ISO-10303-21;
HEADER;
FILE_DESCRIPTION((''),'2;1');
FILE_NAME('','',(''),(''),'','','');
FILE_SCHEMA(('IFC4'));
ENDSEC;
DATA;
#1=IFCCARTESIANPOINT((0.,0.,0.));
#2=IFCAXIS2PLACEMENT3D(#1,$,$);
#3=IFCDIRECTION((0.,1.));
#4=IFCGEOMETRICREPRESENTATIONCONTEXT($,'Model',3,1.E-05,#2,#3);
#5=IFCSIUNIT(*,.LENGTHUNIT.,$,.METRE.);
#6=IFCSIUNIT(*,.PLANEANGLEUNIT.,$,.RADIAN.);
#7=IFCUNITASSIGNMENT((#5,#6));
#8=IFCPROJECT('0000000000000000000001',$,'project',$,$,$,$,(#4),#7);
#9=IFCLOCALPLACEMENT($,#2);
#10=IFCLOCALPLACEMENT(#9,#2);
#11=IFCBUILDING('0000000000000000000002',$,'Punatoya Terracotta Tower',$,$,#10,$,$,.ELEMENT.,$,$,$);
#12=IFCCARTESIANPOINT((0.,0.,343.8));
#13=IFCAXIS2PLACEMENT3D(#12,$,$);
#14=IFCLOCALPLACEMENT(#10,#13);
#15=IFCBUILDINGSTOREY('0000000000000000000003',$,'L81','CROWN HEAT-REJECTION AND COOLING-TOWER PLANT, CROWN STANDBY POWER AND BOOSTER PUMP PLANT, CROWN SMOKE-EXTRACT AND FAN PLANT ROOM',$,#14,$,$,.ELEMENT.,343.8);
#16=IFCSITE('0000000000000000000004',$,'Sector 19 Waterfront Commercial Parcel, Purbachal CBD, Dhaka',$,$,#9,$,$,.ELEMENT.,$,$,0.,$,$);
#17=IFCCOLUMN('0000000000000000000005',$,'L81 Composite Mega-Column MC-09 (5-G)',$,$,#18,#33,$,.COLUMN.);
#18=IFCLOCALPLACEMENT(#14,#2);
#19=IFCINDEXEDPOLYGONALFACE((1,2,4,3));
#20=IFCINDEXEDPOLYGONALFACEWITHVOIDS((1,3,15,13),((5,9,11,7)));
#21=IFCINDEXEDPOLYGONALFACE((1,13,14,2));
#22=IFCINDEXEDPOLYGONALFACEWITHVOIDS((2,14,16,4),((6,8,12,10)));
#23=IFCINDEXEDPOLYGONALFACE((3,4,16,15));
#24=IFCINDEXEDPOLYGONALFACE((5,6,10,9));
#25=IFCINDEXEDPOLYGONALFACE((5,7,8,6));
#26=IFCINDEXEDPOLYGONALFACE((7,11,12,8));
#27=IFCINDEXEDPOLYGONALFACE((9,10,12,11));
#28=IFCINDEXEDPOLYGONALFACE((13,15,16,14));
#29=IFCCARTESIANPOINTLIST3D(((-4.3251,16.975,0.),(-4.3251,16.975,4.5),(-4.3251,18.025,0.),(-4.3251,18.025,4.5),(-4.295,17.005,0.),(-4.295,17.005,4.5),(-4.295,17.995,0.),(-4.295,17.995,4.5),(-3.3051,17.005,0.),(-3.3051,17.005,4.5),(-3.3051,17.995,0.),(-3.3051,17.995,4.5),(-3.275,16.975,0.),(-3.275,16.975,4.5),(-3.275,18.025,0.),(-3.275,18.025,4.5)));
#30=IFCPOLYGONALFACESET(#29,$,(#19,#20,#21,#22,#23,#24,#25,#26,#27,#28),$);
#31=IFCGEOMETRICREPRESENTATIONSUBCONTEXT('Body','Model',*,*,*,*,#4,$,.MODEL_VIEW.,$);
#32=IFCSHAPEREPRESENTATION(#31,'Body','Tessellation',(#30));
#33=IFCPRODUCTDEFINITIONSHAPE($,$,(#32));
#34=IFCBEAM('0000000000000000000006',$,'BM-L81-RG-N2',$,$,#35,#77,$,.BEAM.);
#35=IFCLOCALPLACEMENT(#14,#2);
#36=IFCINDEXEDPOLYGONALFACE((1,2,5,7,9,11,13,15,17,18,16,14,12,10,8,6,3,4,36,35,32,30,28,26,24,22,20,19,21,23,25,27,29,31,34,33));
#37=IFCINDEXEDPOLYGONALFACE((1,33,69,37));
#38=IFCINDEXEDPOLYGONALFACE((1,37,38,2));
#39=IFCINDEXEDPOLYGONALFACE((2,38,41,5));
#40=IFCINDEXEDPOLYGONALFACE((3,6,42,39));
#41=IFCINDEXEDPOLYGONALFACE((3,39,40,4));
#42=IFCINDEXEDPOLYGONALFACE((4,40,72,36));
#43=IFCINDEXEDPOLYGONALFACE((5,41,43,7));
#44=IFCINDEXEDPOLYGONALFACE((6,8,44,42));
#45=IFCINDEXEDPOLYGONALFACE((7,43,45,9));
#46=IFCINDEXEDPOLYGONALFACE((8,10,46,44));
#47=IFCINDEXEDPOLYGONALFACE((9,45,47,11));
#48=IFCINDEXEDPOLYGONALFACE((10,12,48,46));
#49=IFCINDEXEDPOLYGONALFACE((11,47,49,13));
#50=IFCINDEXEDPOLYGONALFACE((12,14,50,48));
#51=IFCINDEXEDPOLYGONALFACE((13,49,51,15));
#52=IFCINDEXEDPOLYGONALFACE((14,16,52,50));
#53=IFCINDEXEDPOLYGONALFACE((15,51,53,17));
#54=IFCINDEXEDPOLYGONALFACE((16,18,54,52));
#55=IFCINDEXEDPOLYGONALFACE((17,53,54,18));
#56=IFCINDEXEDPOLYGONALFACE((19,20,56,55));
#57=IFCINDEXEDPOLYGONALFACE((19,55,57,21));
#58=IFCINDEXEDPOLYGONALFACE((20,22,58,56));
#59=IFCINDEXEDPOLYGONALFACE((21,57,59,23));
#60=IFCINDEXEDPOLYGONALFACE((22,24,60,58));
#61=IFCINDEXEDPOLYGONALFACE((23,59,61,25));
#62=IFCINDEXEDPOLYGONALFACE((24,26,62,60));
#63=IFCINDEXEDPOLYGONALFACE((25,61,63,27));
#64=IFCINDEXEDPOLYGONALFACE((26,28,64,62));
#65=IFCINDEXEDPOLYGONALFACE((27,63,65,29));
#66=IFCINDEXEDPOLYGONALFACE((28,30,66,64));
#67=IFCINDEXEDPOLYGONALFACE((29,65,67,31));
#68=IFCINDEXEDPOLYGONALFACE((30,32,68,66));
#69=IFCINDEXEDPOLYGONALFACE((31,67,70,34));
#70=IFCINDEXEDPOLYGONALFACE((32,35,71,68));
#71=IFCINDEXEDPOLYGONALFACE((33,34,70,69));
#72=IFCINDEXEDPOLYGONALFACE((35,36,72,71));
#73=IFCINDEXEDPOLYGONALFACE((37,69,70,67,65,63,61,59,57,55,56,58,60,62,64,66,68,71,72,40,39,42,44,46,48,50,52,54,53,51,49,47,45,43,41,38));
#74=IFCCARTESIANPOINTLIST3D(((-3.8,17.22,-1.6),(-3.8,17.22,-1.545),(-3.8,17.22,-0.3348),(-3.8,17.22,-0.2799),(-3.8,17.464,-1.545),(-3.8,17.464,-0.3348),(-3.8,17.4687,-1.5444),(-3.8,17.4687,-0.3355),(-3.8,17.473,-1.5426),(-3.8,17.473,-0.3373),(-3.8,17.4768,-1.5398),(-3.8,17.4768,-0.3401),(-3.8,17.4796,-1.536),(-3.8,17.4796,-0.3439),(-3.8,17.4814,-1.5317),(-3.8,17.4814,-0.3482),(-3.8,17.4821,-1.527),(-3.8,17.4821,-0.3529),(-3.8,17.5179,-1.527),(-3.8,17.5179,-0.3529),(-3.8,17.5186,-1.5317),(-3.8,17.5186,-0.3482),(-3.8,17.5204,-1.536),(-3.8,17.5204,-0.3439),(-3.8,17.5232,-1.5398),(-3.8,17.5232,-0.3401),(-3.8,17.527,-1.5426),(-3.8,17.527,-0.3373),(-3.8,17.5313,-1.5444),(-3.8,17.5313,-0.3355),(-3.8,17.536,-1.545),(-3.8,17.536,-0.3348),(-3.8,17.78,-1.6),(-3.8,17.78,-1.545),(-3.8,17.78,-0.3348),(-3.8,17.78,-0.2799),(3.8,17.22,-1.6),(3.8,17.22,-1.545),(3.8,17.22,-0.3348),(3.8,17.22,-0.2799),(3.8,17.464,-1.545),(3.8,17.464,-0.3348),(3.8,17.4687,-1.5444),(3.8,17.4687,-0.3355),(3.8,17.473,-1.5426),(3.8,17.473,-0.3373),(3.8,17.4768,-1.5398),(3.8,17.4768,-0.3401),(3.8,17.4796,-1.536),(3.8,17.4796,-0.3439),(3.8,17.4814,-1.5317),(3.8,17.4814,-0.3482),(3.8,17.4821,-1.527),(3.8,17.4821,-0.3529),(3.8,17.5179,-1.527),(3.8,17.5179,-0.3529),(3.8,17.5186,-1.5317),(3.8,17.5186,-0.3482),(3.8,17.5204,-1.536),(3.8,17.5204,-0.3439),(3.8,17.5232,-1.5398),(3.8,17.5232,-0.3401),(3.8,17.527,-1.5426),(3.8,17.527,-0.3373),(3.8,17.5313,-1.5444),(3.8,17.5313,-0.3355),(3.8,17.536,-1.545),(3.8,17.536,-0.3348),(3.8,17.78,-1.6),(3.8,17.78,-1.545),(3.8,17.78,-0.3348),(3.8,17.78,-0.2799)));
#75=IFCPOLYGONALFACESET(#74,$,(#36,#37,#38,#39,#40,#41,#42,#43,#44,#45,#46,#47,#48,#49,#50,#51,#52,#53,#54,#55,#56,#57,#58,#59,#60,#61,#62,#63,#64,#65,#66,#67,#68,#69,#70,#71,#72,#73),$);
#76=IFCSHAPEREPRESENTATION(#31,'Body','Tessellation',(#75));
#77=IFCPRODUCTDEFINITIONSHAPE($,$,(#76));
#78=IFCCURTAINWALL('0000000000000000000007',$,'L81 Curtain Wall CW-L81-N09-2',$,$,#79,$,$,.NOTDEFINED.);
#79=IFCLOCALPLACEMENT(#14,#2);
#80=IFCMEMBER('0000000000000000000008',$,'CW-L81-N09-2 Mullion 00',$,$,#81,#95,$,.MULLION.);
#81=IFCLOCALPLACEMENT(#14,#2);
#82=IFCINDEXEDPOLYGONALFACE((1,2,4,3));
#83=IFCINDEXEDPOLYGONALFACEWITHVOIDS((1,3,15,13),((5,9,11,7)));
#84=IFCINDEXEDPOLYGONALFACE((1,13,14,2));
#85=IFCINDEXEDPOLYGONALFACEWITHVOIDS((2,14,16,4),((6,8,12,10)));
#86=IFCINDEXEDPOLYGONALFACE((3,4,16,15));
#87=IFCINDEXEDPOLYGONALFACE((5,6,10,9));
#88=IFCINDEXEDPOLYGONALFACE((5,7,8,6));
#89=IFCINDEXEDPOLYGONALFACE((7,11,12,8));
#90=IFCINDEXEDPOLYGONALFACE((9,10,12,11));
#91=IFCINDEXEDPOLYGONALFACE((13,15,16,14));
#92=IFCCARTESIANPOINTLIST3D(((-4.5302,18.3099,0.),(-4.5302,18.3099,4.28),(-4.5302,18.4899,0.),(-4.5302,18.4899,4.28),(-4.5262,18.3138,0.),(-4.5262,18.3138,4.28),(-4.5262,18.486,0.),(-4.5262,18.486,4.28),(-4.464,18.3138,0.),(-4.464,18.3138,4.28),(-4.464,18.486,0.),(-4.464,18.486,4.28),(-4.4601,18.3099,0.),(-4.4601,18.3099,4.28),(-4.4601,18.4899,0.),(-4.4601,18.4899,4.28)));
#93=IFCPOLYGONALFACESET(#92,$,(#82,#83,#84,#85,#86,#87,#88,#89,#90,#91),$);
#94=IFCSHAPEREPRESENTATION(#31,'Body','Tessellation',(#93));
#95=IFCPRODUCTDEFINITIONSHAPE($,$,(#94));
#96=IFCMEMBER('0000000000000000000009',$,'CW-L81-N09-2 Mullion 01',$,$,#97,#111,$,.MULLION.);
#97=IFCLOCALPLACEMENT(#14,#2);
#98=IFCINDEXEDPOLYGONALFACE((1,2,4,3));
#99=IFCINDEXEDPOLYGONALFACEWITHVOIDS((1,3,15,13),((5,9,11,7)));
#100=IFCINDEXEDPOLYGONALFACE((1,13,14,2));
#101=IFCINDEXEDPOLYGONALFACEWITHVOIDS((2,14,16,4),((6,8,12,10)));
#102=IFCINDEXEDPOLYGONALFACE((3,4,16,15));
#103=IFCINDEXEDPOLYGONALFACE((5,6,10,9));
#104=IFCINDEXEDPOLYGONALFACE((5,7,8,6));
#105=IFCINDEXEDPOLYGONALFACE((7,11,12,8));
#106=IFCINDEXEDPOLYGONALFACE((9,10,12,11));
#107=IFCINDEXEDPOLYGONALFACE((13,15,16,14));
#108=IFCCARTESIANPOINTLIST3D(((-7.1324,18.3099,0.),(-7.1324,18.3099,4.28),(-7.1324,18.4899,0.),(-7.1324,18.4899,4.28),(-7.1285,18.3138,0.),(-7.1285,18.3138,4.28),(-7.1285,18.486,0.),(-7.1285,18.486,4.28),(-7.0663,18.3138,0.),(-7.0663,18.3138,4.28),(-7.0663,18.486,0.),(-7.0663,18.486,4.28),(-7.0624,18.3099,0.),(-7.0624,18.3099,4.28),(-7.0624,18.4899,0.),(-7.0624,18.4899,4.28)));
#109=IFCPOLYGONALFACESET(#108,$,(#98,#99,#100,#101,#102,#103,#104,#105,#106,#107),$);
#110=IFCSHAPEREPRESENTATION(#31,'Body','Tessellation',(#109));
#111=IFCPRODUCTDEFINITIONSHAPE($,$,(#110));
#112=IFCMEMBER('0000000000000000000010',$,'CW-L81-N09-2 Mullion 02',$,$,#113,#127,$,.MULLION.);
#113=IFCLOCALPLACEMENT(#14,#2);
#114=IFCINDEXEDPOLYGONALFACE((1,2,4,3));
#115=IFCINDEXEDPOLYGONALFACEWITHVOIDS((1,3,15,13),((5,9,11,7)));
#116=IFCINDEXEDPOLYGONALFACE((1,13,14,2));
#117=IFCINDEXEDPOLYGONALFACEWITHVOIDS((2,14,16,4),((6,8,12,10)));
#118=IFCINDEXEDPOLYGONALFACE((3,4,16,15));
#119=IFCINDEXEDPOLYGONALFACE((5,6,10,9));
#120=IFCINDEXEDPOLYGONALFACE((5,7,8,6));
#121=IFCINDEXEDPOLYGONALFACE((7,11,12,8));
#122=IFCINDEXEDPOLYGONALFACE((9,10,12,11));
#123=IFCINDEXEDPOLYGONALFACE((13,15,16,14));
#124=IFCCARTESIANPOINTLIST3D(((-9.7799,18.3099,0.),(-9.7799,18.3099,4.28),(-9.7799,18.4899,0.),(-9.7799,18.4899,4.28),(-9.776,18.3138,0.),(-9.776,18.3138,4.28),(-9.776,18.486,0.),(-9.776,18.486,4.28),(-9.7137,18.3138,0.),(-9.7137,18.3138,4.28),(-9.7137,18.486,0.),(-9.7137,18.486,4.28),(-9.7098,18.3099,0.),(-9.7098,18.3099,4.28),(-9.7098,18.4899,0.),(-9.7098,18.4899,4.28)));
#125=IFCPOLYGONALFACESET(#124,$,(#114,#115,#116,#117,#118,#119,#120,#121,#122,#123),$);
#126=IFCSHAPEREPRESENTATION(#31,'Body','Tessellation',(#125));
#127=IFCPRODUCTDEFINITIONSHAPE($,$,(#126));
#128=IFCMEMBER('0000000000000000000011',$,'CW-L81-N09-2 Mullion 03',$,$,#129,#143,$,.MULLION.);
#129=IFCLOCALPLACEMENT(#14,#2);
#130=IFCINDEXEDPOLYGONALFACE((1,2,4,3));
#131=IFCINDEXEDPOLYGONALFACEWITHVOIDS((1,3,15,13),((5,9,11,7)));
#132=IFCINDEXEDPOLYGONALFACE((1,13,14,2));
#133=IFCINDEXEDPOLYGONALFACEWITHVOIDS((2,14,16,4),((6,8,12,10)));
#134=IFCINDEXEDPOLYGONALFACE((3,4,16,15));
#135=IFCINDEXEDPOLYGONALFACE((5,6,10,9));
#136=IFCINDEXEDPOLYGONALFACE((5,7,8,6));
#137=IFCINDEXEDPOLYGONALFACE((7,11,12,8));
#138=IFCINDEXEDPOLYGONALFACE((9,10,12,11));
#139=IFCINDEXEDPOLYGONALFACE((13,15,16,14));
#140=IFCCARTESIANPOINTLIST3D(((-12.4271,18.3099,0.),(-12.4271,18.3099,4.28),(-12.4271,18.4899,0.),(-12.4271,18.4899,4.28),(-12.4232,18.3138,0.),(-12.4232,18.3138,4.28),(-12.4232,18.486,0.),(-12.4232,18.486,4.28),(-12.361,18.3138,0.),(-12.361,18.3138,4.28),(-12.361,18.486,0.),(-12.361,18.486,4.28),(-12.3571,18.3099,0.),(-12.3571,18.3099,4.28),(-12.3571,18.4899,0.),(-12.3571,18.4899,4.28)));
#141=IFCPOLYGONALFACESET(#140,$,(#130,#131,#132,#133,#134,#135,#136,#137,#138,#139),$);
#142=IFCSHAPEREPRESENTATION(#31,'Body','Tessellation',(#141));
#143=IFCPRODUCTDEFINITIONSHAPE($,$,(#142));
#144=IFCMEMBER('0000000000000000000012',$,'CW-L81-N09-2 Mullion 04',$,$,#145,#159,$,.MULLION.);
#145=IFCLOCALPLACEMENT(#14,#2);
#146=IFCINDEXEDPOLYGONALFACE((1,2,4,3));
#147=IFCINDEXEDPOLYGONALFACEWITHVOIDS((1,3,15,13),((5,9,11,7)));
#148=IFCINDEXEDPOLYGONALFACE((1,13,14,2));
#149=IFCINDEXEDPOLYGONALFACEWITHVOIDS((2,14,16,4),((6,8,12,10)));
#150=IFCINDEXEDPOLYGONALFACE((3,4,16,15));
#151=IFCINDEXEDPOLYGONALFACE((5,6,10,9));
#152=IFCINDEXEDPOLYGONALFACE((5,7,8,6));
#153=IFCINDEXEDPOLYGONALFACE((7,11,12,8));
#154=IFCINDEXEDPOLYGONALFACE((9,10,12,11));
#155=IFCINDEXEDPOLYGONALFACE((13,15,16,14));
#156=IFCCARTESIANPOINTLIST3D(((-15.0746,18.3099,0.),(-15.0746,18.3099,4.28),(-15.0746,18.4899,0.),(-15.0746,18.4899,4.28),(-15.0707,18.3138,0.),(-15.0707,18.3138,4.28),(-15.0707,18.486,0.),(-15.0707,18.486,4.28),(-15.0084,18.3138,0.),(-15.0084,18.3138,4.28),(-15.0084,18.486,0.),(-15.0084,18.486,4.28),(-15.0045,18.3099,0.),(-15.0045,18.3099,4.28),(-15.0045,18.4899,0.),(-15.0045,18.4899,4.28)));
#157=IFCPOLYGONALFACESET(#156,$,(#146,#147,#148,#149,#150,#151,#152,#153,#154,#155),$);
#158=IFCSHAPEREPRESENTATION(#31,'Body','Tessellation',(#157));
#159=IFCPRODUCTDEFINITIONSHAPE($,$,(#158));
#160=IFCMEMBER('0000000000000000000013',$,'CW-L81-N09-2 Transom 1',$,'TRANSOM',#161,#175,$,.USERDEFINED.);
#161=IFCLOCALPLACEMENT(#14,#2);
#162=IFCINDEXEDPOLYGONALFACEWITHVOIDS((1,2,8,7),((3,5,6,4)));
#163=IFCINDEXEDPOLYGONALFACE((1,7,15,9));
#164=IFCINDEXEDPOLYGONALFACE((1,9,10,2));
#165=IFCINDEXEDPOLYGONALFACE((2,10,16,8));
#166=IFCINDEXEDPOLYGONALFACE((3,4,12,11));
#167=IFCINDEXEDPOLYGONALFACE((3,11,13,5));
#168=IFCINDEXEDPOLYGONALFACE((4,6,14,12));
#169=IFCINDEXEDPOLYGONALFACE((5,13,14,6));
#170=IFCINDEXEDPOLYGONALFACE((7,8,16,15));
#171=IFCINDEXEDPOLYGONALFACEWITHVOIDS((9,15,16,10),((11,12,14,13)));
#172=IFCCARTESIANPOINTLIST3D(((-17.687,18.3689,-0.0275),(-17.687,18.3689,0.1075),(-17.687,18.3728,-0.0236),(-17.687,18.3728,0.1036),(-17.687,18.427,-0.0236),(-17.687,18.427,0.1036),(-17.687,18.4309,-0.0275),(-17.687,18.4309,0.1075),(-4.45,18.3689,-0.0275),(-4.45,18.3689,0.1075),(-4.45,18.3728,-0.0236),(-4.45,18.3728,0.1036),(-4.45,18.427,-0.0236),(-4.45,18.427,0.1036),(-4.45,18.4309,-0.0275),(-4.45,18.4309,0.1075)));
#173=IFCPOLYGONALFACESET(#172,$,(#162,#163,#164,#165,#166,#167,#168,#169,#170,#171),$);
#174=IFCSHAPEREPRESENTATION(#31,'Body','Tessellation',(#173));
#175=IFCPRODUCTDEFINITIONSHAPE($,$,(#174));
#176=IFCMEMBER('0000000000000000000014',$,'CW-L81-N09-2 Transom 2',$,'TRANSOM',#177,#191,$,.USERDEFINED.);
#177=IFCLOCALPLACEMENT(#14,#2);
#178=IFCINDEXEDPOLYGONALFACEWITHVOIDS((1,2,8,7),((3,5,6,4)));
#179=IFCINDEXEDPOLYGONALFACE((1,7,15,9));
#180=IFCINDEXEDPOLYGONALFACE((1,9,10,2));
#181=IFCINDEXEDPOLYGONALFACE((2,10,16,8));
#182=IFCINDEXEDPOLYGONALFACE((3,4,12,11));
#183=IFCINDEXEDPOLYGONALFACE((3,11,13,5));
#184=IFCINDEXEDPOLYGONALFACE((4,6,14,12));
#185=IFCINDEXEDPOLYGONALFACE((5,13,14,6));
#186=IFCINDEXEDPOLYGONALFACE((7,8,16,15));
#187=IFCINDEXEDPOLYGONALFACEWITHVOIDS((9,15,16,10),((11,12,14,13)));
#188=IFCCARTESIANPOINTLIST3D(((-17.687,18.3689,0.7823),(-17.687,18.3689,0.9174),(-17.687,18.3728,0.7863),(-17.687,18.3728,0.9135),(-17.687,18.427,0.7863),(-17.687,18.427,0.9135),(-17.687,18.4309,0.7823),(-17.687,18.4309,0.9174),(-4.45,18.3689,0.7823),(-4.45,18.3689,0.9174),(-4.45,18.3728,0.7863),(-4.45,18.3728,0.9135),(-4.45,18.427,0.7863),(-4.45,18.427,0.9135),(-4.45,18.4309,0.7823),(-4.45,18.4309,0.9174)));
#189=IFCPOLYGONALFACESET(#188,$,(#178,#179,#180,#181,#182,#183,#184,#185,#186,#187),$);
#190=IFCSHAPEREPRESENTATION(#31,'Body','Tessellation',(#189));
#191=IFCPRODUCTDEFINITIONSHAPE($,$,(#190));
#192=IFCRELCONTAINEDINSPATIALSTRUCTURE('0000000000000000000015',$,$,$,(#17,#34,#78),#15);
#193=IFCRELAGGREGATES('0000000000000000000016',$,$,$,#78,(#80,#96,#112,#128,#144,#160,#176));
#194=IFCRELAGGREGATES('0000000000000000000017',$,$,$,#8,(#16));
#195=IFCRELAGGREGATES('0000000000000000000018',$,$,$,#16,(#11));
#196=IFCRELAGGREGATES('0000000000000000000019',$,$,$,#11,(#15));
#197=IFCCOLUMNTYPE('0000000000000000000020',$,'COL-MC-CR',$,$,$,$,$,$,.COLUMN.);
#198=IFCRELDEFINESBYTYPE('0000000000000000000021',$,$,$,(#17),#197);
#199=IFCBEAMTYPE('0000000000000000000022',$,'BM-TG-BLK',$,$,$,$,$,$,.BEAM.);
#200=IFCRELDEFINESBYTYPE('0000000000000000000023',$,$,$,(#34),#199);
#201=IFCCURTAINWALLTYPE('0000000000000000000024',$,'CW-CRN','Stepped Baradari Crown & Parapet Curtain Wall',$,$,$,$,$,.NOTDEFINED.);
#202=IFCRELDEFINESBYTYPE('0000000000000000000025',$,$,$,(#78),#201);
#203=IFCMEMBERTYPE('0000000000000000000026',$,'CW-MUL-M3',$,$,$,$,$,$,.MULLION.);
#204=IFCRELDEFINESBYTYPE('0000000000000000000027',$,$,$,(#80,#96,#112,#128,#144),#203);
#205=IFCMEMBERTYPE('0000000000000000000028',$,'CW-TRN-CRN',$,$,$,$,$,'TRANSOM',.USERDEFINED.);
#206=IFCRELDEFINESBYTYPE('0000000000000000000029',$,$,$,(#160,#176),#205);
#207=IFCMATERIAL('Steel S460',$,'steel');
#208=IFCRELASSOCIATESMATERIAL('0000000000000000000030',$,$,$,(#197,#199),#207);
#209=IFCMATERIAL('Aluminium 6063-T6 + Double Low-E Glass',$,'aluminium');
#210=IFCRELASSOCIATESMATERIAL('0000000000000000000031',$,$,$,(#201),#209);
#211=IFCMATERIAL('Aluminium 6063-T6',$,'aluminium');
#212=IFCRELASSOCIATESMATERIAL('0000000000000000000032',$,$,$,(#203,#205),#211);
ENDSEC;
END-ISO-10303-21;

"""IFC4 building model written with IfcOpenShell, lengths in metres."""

from ifc_helpers import new_model, si_unit, direction, frame, origin, origin_2d, place, context, subcontext, project, spatial, hollow_rectangle, i_section, extrude, material, material_profile, profile_set, type_object, element, aggregate, save


model = new_model("IFC4")

# Units and contexts
model_context = context("Model", 3, precision=1e-05, world=origin(), true_north=direction((0.0, 1.0)))
body_context = subcontext(model_context, "Body", "Model", "MODEL_VIEW")
ifc_project = project(units=[si_unit("LENGTHUNIT", "METRE"), si_unit("PLANEANGLEUNIT", "RADIAN")], contexts=[model_context])

# Site, building, storey
site_placement = place(None, origin())
site = spatial("IfcSite", under=ifc_project, at=site_placement, Name="Sector 19 Waterfront Commercial Parcel, Purbachal CBD, Dhaka", CompositionType="ELEMENT", RefElevation=0.0)
building_placement = place(site_placement, origin())
building = spatial("IfcBuilding", under=site, at=building_placement, Name="Punatoya Terracotta Tower", CompositionType="ELEMENT")
storey_placement = place(building_placement, frame((0.0, 0.0, 343.8)))
storey = spatial("IfcBuildingStorey", under=building, at=storey_placement, Name="L81", Description="CROWN HEAT-REJECTION AND COOLING-TOWER PLANT, CROWN STANDBY POWER AND BOOSTER PUMP PLANT, CROWN SMOKE-EXTRACT AND FAN PLANT ROOM", CompositionType="ELEMENT", Elevation=343.8)

# Column
ifc_material_1 = material(Name="Steel S460", Category="steel")
ifc_material_profile_1 = material_profile(ifc_material_1, hollow_rectangle(XDim=1.05, YDim=1.05, WallThickness=0.03, at=origin_2d()))
ifc_profile_set_1 = profile_set([ifc_material_profile_1], Name="Steel S460")
column_type = type_object("IfcColumnType", Name="COL-MC-CR", PredefinedType="COLUMN", material=ifc_profile_set_1)
column_placement = place(storey_placement, frame((-3.8, 17.5, 0.0), z_axis=(0.0, 0.0, 1.0), x_axis=(1.0, 0.0, 0.0)))
element("IfcColumn", 1, at=column_placement, inside=storey, type_object=column_type, Name="L81 Composite Mega-Column MC-09 (5-G)", PredefinedType="COLUMN", context=body_context, shape_type="SweptSolid", body=[
    extrude(hollow_rectangle(XDim=1.05, YDim=1.05, WallThickness=0.03, at=origin_2d()), origin(), (0.0, 0.0, 1.0), 4.5),
])

# Beam
ifc_material_profile_2 = material_profile(ifc_material_1, i_section(OverallWidth=0.5601, OverallDepth=1.3201, WebThickness=0.0359, FlangeThickness=0.0549, FilletRadius=0.0181, at=origin_2d()))
ifc_profile_set_2 = profile_set([ifc_material_profile_2], Name="Steel S460")
beam_type = type_object("IfcBeamType", Name="BM-TG-BLK", PredefinedType="BEAM", material=ifc_profile_set_2)
beam_placement = place(storey_placement, frame((-3.8, 17.5, -0.9399), z_axis=(1.0, 0.0, 0.0), x_axis=(0.0, 1.0, 0.0)))
element("IfcBeam", 2, at=beam_placement, inside=storey, type_object=beam_type, Name="BM-L81-RG-N2", PredefinedType="BEAM", context=body_context, shape_type="SweptSolid", body=[
    extrude(i_section(OverallWidth=0.5601, OverallDepth=1.3201, WebThickness=0.0359, FlangeThickness=0.0549, FilletRadius=0.0181, at=origin_2d()), origin(), (0.0, 0.0, 1.0), 7.6001),
])

# Curtain wall, members
ifc_material_2 = material(Name="Aluminium 6063-T6 + Double Low-E Glass", Category="aluminium")
curtain_wall_type = type_object("IfcCurtainWallType", Name="CW-CRN", Description="Stepped Baradari Crown & Parapet Curtain Wall", PredefinedType="NOTDEFINED", material=ifc_material_2)
curtain_wall_placement = place(storey_placement, origin())
curtain_wall = element("IfcCurtainWall", 3, at=curtain_wall_placement, inside=storey, type_object=curtain_wall_type, Name="L81 Curtain Wall CW-L81-N09-2", PredefinedType="NOTDEFINED")
ifc_material_3 = material(Name="Aluminium 6063-T6", Category="aluminium")
ifc_material_profile_3 = material_profile(ifc_material_3, hollow_rectangle(XDim=0.0701, YDim=0.1799, WallThickness=0.0039, at=origin_2d()))
ifc_profile_set_3 = profile_set([ifc_material_profile_3], Name="Aluminium 6063-T6")
member_type_1 = type_object("IfcMemberType", Name="CW-MUL-M3", PredefinedType="MULLION", material=ifc_profile_set_3)
member_1_placement = place(storey_placement, frame((-4.4951, 18.3999, 0.0), z_axis=(0.0, 0.0, 1.0), x_axis=(1.0, 0.0, 0.0)))
member_1 = element("IfcMember", 4, at=member_1_placement, type_object=member_type_1, Name="CW-L81-N09-2 Mullion 00", PredefinedType="MULLION", context=body_context, shape_type="SweptSolid", body=[
    extrude(hollow_rectangle(XDim=0.0701, YDim=0.1799, WallThickness=0.0039, at=origin_2d()), origin(), (0.0, 0.0, 1.0), 4.28),
])
member_2_placement = place(storey_placement, frame((-7.0974, 18.3999, 0.0), z_axis=(0.0, 0.0, 1.0), x_axis=(1.0, 0.0, 0.0)))
member_2 = element("IfcMember", 5, at=member_2_placement, type_object=member_type_1, Name="CW-L81-N09-2 Mullion 01", PredefinedType="MULLION", context=body_context, shape_type="SweptSolid", body=[
    extrude(hollow_rectangle(XDim=0.0701, YDim=0.1799, WallThickness=0.0039, at=origin_2d()), origin(), (0.0, 0.0, 1.0), 4.28),
])
member_3_placement = place(storey_placement, frame((-9.7449, 18.3999, 0.0), z_axis=(0.0, 0.0, 1.0), x_axis=(1.0, 0.0, 0.0)))
member_3 = element("IfcMember", 6, at=member_3_placement, type_object=member_type_1, Name="CW-L81-N09-2 Mullion 02", PredefinedType="MULLION", context=body_context, shape_type="SweptSolid", body=[
    extrude(hollow_rectangle(XDim=0.0701, YDim=0.1799, WallThickness=0.0039, at=origin_2d()), origin(), (0.0, 0.0, 1.0), 4.28),
])
member_4_placement = place(storey_placement, frame((-12.3921, 18.3999, 0.0), z_axis=(0.0, 0.0, 1.0), x_axis=(1.0, 0.0, 0.0)))
member_4 = element("IfcMember", 7, at=member_4_placement, type_object=member_type_1, Name="CW-L81-N09-2 Mullion 03", PredefinedType="MULLION", context=body_context, shape_type="SweptSolid", body=[
    extrude(hollow_rectangle(XDim=0.0701, YDim=0.1799, WallThickness=0.0039, at=origin_2d()), origin(), (0.0, 0.0, 1.0), 4.28),
])
member_5_placement = place(storey_placement, frame((-15.0396, 18.3999, 0.0), z_axis=(0.0, 0.0, 1.0), x_axis=(1.0, 0.0, 0.0)))
member_5 = element("IfcMember", 8, at=member_5_placement, type_object=member_type_1, Name="CW-L81-N09-2 Mullion 04", PredefinedType="MULLION", context=body_context, shape_type="SweptSolid", body=[
    extrude(hollow_rectangle(XDim=0.0701, YDim=0.1799, WallThickness=0.0039, at=origin_2d()), origin(), (0.0, 0.0, 1.0), 4.28),
])
ifc_material_profile_4 = material_profile(ifc_material_3, hollow_rectangle(XDim=0.062, YDim=0.135, WallThickness=0.0039, at=origin_2d()))
ifc_profile_set_4 = profile_set([ifc_material_profile_4], Name="Aluminium 6063-T6")
member_type_2 = type_object("IfcMemberType", Name="CW-TRN-CRN", ElementType="TRANSOM", PredefinedType="USERDEFINED", material=ifc_profile_set_4)
member_6_placement = place(storey_placement, frame((-4.45, 18.3999, 0.04), z_axis=(-1.0, 0.0, 0.0), x_axis=(0.0, -1.0, 0.0)))
member_6 = element("IfcMember", 9, at=member_6_placement, type_object=member_type_2, Name="CW-L81-N09-2 Transom 1", ObjectType="TRANSOM", PredefinedType="USERDEFINED", context=body_context, shape_type="SweptSolid", body=[
    extrude(hollow_rectangle(XDim=0.062, YDim=0.135, WallThickness=0.0039, at=origin_2d()), origin(), (0.0, 0.0, 1.0), 13.2371),
])
member_7_placement = place(storey_placement, frame((-4.45, 18.3999, 0.8499), z_axis=(-1.0, 0.0, 0.0), x_axis=(0.0, -1.0, 0.0)))
member_7 = element("IfcMember", 10, at=member_7_placement, type_object=member_type_2, Name="CW-L81-N09-2 Transom 2", ObjectType="TRANSOM", PredefinedType="USERDEFINED", context=body_context, shape_type="SweptSolid", body=[
    extrude(hollow_rectangle(XDim=0.062, YDim=0.135, WallThickness=0.0039, at=origin_2d()), origin(), (0.0, 0.0, 1.0), 13.2371),
])

aggregate(curtain_wall, [member_1, member_2, member_3, member_4, member_5, member_6, member_7])

save(model, "model.ifc")
